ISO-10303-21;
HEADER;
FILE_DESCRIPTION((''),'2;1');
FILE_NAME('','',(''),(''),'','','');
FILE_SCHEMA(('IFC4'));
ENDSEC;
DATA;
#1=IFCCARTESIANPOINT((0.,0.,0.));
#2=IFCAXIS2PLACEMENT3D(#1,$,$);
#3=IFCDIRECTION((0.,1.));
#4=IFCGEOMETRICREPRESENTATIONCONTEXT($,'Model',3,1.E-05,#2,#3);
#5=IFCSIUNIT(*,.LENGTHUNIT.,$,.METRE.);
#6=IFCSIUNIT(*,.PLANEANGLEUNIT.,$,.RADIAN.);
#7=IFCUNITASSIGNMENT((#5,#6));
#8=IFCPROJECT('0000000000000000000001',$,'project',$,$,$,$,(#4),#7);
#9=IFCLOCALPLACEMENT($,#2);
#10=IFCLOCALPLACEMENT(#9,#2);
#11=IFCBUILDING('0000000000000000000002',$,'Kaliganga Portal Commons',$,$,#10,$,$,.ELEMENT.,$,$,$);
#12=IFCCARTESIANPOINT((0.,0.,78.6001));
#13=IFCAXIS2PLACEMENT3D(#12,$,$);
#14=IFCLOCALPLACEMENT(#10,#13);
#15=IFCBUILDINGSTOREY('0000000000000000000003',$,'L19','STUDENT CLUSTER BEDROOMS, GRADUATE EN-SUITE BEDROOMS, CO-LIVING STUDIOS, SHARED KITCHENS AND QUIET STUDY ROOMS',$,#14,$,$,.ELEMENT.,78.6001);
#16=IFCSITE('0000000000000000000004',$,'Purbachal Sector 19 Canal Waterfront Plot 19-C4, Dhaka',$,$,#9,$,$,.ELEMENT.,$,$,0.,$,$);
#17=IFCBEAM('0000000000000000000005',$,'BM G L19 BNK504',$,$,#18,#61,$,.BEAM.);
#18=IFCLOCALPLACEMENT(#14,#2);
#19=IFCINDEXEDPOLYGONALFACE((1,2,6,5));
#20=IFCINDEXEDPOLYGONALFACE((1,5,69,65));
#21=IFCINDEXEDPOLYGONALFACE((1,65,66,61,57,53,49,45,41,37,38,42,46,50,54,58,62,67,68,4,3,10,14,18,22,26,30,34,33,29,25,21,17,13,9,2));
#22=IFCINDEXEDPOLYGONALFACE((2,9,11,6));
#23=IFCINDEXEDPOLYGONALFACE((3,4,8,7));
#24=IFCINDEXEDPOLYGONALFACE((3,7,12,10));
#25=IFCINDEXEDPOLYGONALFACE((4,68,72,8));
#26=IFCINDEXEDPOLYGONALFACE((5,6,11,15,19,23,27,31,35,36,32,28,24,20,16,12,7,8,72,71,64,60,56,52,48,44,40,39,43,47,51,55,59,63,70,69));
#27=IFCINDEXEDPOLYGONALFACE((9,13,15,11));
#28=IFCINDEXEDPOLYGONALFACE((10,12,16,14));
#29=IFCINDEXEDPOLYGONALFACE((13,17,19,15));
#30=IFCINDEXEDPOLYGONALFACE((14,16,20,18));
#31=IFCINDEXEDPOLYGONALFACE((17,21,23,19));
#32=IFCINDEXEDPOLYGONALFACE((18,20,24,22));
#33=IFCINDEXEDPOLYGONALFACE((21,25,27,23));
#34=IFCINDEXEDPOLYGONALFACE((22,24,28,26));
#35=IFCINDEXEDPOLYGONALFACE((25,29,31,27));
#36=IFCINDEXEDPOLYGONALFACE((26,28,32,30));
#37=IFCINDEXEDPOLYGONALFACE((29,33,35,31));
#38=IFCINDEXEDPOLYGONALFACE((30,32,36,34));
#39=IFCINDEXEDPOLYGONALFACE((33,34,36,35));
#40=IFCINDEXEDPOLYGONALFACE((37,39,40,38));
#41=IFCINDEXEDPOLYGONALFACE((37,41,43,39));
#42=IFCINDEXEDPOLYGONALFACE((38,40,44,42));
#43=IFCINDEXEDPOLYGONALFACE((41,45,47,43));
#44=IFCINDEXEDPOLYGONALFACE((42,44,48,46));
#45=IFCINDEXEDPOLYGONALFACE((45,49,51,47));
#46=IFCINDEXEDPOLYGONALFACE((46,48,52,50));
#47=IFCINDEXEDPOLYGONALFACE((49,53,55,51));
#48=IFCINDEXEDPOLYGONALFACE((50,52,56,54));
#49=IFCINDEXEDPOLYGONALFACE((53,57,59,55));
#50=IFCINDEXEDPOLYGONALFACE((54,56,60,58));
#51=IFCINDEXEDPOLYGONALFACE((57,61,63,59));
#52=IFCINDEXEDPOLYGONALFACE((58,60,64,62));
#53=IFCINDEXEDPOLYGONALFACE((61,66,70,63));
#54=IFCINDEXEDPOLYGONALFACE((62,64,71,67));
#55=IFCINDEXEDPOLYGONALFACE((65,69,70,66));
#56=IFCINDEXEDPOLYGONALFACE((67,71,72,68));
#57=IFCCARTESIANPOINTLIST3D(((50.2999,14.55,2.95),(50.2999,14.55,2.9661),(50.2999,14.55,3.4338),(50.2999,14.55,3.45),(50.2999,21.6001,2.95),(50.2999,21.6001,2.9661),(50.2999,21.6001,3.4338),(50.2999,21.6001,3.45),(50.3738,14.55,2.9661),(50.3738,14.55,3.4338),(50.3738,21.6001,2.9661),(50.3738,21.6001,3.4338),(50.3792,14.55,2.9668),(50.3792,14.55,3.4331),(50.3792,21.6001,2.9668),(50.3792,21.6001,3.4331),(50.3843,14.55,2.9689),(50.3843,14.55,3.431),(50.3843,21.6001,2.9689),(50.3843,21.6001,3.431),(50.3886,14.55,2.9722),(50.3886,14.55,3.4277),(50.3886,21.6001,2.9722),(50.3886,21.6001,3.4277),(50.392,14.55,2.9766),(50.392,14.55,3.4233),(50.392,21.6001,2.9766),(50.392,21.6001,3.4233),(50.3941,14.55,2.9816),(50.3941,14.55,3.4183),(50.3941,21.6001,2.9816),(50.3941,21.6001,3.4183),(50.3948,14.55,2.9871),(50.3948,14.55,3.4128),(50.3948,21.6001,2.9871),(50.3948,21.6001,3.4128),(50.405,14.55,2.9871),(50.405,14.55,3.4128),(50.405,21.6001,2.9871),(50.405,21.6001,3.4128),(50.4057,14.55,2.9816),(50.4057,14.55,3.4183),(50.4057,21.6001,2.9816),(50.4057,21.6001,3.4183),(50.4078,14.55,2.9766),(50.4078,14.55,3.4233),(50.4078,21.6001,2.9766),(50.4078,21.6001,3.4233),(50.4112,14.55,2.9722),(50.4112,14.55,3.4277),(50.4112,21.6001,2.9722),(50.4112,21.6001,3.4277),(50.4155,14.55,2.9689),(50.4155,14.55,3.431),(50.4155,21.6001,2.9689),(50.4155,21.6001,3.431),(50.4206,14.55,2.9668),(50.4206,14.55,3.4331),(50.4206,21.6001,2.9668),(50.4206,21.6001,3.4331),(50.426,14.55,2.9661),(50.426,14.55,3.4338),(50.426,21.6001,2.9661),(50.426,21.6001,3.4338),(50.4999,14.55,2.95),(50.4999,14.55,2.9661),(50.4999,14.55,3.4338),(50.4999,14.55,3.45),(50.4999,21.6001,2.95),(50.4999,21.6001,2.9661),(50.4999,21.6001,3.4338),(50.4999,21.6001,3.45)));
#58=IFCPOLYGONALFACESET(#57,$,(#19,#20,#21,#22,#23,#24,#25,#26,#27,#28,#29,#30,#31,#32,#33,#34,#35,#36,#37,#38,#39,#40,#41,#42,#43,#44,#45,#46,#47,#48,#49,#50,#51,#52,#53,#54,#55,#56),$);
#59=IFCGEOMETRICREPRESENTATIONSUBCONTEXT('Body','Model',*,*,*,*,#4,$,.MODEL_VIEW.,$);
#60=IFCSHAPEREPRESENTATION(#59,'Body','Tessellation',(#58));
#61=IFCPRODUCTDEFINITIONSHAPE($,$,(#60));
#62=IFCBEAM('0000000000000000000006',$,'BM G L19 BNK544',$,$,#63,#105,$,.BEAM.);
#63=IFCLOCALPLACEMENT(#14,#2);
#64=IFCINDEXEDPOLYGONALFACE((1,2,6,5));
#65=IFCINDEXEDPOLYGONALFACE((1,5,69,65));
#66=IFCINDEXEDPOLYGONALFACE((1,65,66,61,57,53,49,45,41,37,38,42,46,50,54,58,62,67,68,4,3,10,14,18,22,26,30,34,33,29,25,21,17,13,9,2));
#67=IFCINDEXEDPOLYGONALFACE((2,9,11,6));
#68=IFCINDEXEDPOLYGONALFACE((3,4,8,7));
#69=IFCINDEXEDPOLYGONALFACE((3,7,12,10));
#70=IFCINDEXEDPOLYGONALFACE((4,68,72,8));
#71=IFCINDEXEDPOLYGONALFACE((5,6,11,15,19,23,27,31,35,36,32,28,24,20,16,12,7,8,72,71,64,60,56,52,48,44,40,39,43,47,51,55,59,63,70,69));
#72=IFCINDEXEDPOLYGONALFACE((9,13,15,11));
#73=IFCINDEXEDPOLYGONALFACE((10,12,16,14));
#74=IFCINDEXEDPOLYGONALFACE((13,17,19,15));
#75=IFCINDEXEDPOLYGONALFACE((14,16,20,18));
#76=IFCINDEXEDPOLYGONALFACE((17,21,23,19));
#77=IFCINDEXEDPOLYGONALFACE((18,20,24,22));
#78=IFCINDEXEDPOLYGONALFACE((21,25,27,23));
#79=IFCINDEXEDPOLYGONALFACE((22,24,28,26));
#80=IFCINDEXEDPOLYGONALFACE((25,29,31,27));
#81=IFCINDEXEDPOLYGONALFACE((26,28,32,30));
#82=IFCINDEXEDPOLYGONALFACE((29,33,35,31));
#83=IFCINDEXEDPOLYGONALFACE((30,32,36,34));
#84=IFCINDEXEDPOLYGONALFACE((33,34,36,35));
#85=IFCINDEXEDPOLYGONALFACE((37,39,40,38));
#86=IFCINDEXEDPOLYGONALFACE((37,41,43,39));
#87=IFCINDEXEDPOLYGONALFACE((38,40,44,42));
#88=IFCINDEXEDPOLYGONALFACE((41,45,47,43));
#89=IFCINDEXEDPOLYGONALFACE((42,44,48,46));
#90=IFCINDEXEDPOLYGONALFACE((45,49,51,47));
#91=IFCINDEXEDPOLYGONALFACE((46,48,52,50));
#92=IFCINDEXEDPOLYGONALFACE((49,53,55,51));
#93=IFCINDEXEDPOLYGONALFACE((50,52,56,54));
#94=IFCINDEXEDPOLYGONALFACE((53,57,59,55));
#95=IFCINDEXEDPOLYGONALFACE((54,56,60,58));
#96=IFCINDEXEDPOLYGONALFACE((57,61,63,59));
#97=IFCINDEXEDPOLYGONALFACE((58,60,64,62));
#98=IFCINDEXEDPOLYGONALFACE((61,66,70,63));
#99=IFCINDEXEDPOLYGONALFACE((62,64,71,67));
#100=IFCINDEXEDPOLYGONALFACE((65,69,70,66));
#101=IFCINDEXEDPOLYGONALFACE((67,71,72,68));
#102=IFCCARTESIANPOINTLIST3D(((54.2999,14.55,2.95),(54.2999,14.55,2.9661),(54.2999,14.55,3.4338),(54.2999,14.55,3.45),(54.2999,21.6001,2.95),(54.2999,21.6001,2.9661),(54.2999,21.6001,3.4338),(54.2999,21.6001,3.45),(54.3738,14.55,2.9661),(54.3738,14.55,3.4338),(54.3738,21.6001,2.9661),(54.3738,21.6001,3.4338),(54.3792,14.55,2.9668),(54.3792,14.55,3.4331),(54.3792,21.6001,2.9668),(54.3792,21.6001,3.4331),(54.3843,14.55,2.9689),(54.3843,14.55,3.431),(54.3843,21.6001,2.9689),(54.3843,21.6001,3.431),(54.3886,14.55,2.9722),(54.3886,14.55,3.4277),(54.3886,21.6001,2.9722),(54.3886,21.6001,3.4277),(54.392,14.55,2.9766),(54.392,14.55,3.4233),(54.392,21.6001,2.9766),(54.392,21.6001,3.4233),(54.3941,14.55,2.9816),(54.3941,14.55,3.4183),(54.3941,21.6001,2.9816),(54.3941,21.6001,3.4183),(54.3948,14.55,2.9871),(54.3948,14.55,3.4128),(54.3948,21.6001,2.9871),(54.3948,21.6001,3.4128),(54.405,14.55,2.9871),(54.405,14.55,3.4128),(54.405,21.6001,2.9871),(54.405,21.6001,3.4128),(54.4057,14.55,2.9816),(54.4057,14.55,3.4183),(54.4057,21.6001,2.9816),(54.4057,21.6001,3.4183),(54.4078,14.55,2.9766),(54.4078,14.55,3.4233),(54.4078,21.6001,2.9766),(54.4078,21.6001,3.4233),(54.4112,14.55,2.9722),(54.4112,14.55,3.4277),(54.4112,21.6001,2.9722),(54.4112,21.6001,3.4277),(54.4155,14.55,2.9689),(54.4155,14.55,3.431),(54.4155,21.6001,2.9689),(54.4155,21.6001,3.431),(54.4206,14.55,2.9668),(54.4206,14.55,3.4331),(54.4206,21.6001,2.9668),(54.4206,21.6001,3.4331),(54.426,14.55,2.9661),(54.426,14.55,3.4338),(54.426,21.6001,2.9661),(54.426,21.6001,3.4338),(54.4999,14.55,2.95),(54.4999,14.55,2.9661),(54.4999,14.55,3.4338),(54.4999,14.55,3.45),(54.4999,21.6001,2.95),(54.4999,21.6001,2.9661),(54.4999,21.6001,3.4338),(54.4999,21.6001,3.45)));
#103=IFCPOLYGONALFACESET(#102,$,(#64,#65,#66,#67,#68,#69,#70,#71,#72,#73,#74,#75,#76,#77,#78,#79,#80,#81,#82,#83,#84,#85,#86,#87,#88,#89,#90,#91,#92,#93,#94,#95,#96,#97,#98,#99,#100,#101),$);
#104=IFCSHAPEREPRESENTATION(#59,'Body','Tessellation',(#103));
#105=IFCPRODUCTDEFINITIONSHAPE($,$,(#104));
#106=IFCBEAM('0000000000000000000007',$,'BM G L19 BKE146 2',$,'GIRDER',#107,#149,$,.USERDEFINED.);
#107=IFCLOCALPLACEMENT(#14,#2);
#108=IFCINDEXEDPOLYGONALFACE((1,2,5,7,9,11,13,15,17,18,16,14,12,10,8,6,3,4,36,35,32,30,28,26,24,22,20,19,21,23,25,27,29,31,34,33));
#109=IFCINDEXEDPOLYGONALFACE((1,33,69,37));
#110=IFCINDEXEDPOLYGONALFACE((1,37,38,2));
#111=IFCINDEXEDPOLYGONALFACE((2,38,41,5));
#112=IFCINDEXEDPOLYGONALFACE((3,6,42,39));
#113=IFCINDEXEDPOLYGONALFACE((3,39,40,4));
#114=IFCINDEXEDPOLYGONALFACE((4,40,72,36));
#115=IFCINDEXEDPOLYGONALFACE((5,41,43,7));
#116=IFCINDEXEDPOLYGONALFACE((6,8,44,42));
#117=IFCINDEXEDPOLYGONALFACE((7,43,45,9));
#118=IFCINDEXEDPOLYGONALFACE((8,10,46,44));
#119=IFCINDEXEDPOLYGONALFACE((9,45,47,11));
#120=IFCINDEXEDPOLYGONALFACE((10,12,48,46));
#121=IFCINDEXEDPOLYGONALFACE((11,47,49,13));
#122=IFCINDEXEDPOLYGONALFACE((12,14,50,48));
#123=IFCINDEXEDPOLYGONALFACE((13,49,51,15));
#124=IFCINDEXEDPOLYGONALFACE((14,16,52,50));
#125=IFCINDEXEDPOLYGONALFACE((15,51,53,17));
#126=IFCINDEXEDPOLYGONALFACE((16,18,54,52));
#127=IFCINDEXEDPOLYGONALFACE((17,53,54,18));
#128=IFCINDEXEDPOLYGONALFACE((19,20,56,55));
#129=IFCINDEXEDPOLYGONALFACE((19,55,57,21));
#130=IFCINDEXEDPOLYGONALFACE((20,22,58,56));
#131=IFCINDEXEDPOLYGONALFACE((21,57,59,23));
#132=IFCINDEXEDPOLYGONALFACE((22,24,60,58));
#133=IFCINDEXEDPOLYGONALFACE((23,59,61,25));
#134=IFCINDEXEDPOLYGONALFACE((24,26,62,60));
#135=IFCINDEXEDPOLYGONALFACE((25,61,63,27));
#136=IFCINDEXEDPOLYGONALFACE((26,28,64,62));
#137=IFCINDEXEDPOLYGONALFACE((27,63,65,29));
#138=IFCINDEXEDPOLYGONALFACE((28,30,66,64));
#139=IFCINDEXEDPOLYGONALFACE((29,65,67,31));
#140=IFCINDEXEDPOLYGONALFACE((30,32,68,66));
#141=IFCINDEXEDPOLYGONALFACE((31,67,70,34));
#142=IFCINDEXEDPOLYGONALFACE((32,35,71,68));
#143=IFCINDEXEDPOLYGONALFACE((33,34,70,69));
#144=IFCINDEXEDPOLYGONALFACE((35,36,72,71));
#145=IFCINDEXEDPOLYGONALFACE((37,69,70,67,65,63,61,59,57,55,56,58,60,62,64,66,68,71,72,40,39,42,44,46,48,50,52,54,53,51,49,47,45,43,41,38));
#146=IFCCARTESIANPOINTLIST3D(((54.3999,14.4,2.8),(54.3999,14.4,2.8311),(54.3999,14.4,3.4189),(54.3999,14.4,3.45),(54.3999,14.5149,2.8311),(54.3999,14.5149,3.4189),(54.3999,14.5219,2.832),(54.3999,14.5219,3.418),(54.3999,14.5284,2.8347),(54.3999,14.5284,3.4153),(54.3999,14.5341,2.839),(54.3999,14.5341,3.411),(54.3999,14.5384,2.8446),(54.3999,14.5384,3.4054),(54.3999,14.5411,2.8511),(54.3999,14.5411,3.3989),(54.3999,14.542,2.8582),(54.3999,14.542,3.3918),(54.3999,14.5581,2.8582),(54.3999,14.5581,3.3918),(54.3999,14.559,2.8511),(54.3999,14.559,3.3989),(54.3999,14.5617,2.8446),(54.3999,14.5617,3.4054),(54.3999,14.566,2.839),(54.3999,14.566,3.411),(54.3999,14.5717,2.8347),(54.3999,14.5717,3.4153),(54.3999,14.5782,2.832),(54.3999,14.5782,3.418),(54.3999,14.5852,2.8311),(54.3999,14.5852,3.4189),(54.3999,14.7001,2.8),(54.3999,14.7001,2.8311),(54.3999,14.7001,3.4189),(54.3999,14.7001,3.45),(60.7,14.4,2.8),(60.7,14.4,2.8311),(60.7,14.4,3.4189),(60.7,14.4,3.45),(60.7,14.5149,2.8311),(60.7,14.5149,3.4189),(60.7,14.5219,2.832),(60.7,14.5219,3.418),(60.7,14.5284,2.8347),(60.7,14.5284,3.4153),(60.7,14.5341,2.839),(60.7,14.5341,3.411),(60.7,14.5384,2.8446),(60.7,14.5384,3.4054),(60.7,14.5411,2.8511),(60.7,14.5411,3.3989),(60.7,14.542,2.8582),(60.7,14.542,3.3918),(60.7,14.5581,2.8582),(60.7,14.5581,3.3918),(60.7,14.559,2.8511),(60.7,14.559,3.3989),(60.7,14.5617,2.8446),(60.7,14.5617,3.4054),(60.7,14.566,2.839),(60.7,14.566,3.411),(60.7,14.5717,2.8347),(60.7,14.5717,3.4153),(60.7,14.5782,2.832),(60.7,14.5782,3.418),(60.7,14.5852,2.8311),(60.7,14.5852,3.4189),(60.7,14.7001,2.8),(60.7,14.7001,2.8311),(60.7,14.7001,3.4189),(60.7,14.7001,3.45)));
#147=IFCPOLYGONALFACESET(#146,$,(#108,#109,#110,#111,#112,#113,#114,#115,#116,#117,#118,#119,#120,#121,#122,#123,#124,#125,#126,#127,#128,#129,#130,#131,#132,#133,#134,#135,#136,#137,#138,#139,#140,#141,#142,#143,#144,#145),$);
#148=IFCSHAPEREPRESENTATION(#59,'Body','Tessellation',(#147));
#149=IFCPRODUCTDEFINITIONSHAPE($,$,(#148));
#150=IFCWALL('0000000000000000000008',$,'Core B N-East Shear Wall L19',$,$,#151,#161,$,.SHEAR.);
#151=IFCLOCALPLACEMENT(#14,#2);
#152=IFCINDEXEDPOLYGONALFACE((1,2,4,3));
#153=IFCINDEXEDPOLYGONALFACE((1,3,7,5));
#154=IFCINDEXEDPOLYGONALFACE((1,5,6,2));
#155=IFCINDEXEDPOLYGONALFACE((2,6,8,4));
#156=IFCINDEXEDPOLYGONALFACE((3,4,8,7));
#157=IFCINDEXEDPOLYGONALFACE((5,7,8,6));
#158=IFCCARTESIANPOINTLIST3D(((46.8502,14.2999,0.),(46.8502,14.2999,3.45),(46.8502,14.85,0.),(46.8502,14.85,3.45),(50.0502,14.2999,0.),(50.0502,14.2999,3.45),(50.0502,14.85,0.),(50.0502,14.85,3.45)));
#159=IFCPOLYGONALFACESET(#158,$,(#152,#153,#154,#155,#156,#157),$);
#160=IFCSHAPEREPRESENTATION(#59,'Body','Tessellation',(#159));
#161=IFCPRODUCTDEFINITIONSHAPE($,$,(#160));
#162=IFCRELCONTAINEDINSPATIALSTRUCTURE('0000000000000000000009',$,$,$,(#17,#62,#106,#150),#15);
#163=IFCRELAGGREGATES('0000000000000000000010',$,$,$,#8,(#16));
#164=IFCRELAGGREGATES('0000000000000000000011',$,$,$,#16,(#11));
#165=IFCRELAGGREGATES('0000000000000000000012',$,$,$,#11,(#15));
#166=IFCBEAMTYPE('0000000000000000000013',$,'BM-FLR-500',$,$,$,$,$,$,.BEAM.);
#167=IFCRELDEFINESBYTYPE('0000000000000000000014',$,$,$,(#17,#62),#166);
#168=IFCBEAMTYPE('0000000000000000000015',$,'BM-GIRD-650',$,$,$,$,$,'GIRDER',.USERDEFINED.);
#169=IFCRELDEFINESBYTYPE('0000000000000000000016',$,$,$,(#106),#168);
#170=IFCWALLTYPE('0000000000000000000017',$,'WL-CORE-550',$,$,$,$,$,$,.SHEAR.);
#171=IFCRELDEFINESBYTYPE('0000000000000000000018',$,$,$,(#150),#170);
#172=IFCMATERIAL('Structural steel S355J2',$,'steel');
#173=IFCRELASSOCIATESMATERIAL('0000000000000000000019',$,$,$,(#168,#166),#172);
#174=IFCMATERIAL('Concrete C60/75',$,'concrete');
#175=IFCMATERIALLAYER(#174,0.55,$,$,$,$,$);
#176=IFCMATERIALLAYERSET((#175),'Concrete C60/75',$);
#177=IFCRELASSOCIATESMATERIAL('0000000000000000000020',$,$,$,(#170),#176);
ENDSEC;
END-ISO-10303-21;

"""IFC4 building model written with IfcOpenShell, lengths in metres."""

from ifc_helpers import new_model, si_unit, direction, frame, frame_2d, origin, origin_2d, place, context, subcontext, project, spatial, rectangle, i_section, extrude, source, transform, mapped, material, layer, layer_set, material_profile, profile_set, type_object, element, save


model = new_model("IFC4")

# Units and contexts
model_context = context("Model", 3, precision=1e-05, world=origin(), true_north=direction((0.0, 1.0)))
body_context = subcontext(model_context, "Body", "Model", "MODEL_VIEW")
ifc_project = project(units=[si_unit("LENGTHUNIT", "METRE"), si_unit("PLANEANGLEUNIT", "RADIAN")], contexts=[model_context])

# Site, building, storey
site_placement = place(None, origin())
site = spatial("IfcSite", under=ifc_project, at=site_placement, Name="Purbachal Sector 19 Canal Waterfront Plot 19-C4, Dhaka", CompositionType="ELEMENT", RefElevation=0.0)
building_placement = place(site_placement, origin())
building = spatial("IfcBuilding", under=site, at=building_placement, Name="Kaliganga Portal Commons", CompositionType="ELEMENT")
storey_placement = place(building_placement, frame((0.0, 0.0, 78.6001)))
storey = spatial("IfcBuildingStorey", under=building, at=storey_placement, Name="L19", Description="STUDENT CLUSTER BEDROOMS, GRADUATE EN-SUITE BEDROOMS, CO-LIVING STUDIOS, SHARED KITCHENS AND QUIET STUDY ROOMS", CompositionType="ELEMENT", Elevation=78.6001)

# Shared definitions
ifc_material_1 = material(Name="Concrete C60/75", Category="concrete")

# Beams
ifc_material_2 = material(Name="Structural steel S355J2", Category="steel")
ifc_material_profile_1 = material_profile(ifc_material_2, i_section(OverallWidth=0.3, OverallDepth=0.6499, WebThickness=0.0161, FlangeThickness=0.031, FilletRadius=0.0271, at=origin_2d()), Name="HE 650 B")
ifc_profile_set_1 = profile_set([ifc_material_profile_1], Name="Structural steel S355J2 wide-flange")
beam_type_1 = type_object("IfcBeamType", Name="BM-GIRD-650", ElementType="GIRDER", PredefinedType="USERDEFINED", material=ifc_profile_set_1)
ifc_material_profile_2 = material_profile(ifc_material_2, i_section(OverallWidth=0.2, OverallDepth=0.5, WebThickness=0.0103, FlangeThickness=0.0161, FilletRadius=0.021, at=origin_2d()), Name="IPE 500")
ifc_profile_set_2 = profile_set([ifc_material_profile_2], Name="Structural steel S355J2 wide-flange")
beam_type_2 = type_object("IfcBeamType", Name="BM-FLR-500", PredefinedType="BEAM", material=ifc_profile_set_2)
shared_shape_1 = source(origin(), body_context, "Body", "SweptSolid", [
    extrude(i_section(OverallWidth=0.2, OverallDepth=0.5, WebThickness=0.0103, FlangeThickness=0.0161, FilletRadius=0.021, at=origin_2d()), origin(), (0.0, 0.0, 1.0), 7.05),
])
for number, where, z_axis, x_axis, name in (
    (1, (50.3999, 14.55, 3.2), (0.0, 1.0, 0.0), (-1.0, 0.0, 0.0), "BM G L19 BNK504"),
    (2, (54.3999, 14.55, 3.2), (0.0, 1.0, 0.0), (-1.0, 0.0, 0.0), "BM G L19 BNK544"),
):
    element("IfcBeam", number, at=place(storey_placement, frame(where, z_axis=z_axis, x_axis=x_axis)), inside=storey, type_object=beam_type_2, Name=name, PredefinedType="BEAM", context=body_context, shape_type="MappedRepresentation", body=[
        mapped(shared_shape_1, transform((0.0, 0.0, 0.0), x_axis=(1.0, 0.0, 0.0), y_axis=(0.0, 1.0, 0.0), z_axis=(0.0, 0.0, 1.0), scale=1.0)),
    ])
shared_shape_2 = source(origin(), body_context, "Body", "SweptSolid", [
    extrude(i_section(OverallWidth=0.3, OverallDepth=0.6499, WebThickness=0.0161, FlangeThickness=0.031, FilletRadius=0.0271, at=origin_2d()), origin(), (0.0, 0.0, 1.0), 6.3),
])
beam_1_placement = place(storey_placement, frame((54.3999, 14.55, 3.125), z_axis=(1.0, 0.0, 0.0), x_axis=(0.0, 1.0, 0.0)))
element("IfcBeam", 3, at=beam_1_placement, inside=storey, type_object=beam_type_1, Name="BM G L19 BKE146 2", ObjectType="GIRDER", PredefinedType="USERDEFINED", context=body_context, shape_type="MappedRepresentation", body=[
    mapped(shared_shape_2, transform((0.0, 0.0, 0.0), x_axis=(1.0, 0.0, 0.0), y_axis=(0.0, 1.0, 0.0), z_axis=(0.0, 0.0, 1.0), scale=1.0)),
])

# Wall
ifc_layer_1 = layer(ifc_material_1, 0.55)
ifc_layer_set_1 = layer_set([ifc_layer_1], Name="Concrete C60/75")
wall_type_1 = type_object("IfcWallType", Name="WL-CORE-550", PredefinedType="SHEAR", material=ifc_layer_set_1)
wall_1_placement = place(storey_placement, frame((46.8501, 14.575, 0.0), z_axis=(0.0, 0.0, 1.0), x_axis=(1.0, 0.0, 0.0)))
element("IfcWall", 4, at=wall_1_placement, inside=storey, type_object=wall_type_1, Name="Core B N-East Shear Wall L19", PredefinedType="SHEAR", context=body_context, shape_type="SweptSolid", body=[
    extrude(rectangle(XDim=3.2, YDim=0.55, at=frame_2d((1.6001, 0.0))), origin(), (0.0, 0.0, 1.0), 3.45),
])

save(model, "model.ifc")
